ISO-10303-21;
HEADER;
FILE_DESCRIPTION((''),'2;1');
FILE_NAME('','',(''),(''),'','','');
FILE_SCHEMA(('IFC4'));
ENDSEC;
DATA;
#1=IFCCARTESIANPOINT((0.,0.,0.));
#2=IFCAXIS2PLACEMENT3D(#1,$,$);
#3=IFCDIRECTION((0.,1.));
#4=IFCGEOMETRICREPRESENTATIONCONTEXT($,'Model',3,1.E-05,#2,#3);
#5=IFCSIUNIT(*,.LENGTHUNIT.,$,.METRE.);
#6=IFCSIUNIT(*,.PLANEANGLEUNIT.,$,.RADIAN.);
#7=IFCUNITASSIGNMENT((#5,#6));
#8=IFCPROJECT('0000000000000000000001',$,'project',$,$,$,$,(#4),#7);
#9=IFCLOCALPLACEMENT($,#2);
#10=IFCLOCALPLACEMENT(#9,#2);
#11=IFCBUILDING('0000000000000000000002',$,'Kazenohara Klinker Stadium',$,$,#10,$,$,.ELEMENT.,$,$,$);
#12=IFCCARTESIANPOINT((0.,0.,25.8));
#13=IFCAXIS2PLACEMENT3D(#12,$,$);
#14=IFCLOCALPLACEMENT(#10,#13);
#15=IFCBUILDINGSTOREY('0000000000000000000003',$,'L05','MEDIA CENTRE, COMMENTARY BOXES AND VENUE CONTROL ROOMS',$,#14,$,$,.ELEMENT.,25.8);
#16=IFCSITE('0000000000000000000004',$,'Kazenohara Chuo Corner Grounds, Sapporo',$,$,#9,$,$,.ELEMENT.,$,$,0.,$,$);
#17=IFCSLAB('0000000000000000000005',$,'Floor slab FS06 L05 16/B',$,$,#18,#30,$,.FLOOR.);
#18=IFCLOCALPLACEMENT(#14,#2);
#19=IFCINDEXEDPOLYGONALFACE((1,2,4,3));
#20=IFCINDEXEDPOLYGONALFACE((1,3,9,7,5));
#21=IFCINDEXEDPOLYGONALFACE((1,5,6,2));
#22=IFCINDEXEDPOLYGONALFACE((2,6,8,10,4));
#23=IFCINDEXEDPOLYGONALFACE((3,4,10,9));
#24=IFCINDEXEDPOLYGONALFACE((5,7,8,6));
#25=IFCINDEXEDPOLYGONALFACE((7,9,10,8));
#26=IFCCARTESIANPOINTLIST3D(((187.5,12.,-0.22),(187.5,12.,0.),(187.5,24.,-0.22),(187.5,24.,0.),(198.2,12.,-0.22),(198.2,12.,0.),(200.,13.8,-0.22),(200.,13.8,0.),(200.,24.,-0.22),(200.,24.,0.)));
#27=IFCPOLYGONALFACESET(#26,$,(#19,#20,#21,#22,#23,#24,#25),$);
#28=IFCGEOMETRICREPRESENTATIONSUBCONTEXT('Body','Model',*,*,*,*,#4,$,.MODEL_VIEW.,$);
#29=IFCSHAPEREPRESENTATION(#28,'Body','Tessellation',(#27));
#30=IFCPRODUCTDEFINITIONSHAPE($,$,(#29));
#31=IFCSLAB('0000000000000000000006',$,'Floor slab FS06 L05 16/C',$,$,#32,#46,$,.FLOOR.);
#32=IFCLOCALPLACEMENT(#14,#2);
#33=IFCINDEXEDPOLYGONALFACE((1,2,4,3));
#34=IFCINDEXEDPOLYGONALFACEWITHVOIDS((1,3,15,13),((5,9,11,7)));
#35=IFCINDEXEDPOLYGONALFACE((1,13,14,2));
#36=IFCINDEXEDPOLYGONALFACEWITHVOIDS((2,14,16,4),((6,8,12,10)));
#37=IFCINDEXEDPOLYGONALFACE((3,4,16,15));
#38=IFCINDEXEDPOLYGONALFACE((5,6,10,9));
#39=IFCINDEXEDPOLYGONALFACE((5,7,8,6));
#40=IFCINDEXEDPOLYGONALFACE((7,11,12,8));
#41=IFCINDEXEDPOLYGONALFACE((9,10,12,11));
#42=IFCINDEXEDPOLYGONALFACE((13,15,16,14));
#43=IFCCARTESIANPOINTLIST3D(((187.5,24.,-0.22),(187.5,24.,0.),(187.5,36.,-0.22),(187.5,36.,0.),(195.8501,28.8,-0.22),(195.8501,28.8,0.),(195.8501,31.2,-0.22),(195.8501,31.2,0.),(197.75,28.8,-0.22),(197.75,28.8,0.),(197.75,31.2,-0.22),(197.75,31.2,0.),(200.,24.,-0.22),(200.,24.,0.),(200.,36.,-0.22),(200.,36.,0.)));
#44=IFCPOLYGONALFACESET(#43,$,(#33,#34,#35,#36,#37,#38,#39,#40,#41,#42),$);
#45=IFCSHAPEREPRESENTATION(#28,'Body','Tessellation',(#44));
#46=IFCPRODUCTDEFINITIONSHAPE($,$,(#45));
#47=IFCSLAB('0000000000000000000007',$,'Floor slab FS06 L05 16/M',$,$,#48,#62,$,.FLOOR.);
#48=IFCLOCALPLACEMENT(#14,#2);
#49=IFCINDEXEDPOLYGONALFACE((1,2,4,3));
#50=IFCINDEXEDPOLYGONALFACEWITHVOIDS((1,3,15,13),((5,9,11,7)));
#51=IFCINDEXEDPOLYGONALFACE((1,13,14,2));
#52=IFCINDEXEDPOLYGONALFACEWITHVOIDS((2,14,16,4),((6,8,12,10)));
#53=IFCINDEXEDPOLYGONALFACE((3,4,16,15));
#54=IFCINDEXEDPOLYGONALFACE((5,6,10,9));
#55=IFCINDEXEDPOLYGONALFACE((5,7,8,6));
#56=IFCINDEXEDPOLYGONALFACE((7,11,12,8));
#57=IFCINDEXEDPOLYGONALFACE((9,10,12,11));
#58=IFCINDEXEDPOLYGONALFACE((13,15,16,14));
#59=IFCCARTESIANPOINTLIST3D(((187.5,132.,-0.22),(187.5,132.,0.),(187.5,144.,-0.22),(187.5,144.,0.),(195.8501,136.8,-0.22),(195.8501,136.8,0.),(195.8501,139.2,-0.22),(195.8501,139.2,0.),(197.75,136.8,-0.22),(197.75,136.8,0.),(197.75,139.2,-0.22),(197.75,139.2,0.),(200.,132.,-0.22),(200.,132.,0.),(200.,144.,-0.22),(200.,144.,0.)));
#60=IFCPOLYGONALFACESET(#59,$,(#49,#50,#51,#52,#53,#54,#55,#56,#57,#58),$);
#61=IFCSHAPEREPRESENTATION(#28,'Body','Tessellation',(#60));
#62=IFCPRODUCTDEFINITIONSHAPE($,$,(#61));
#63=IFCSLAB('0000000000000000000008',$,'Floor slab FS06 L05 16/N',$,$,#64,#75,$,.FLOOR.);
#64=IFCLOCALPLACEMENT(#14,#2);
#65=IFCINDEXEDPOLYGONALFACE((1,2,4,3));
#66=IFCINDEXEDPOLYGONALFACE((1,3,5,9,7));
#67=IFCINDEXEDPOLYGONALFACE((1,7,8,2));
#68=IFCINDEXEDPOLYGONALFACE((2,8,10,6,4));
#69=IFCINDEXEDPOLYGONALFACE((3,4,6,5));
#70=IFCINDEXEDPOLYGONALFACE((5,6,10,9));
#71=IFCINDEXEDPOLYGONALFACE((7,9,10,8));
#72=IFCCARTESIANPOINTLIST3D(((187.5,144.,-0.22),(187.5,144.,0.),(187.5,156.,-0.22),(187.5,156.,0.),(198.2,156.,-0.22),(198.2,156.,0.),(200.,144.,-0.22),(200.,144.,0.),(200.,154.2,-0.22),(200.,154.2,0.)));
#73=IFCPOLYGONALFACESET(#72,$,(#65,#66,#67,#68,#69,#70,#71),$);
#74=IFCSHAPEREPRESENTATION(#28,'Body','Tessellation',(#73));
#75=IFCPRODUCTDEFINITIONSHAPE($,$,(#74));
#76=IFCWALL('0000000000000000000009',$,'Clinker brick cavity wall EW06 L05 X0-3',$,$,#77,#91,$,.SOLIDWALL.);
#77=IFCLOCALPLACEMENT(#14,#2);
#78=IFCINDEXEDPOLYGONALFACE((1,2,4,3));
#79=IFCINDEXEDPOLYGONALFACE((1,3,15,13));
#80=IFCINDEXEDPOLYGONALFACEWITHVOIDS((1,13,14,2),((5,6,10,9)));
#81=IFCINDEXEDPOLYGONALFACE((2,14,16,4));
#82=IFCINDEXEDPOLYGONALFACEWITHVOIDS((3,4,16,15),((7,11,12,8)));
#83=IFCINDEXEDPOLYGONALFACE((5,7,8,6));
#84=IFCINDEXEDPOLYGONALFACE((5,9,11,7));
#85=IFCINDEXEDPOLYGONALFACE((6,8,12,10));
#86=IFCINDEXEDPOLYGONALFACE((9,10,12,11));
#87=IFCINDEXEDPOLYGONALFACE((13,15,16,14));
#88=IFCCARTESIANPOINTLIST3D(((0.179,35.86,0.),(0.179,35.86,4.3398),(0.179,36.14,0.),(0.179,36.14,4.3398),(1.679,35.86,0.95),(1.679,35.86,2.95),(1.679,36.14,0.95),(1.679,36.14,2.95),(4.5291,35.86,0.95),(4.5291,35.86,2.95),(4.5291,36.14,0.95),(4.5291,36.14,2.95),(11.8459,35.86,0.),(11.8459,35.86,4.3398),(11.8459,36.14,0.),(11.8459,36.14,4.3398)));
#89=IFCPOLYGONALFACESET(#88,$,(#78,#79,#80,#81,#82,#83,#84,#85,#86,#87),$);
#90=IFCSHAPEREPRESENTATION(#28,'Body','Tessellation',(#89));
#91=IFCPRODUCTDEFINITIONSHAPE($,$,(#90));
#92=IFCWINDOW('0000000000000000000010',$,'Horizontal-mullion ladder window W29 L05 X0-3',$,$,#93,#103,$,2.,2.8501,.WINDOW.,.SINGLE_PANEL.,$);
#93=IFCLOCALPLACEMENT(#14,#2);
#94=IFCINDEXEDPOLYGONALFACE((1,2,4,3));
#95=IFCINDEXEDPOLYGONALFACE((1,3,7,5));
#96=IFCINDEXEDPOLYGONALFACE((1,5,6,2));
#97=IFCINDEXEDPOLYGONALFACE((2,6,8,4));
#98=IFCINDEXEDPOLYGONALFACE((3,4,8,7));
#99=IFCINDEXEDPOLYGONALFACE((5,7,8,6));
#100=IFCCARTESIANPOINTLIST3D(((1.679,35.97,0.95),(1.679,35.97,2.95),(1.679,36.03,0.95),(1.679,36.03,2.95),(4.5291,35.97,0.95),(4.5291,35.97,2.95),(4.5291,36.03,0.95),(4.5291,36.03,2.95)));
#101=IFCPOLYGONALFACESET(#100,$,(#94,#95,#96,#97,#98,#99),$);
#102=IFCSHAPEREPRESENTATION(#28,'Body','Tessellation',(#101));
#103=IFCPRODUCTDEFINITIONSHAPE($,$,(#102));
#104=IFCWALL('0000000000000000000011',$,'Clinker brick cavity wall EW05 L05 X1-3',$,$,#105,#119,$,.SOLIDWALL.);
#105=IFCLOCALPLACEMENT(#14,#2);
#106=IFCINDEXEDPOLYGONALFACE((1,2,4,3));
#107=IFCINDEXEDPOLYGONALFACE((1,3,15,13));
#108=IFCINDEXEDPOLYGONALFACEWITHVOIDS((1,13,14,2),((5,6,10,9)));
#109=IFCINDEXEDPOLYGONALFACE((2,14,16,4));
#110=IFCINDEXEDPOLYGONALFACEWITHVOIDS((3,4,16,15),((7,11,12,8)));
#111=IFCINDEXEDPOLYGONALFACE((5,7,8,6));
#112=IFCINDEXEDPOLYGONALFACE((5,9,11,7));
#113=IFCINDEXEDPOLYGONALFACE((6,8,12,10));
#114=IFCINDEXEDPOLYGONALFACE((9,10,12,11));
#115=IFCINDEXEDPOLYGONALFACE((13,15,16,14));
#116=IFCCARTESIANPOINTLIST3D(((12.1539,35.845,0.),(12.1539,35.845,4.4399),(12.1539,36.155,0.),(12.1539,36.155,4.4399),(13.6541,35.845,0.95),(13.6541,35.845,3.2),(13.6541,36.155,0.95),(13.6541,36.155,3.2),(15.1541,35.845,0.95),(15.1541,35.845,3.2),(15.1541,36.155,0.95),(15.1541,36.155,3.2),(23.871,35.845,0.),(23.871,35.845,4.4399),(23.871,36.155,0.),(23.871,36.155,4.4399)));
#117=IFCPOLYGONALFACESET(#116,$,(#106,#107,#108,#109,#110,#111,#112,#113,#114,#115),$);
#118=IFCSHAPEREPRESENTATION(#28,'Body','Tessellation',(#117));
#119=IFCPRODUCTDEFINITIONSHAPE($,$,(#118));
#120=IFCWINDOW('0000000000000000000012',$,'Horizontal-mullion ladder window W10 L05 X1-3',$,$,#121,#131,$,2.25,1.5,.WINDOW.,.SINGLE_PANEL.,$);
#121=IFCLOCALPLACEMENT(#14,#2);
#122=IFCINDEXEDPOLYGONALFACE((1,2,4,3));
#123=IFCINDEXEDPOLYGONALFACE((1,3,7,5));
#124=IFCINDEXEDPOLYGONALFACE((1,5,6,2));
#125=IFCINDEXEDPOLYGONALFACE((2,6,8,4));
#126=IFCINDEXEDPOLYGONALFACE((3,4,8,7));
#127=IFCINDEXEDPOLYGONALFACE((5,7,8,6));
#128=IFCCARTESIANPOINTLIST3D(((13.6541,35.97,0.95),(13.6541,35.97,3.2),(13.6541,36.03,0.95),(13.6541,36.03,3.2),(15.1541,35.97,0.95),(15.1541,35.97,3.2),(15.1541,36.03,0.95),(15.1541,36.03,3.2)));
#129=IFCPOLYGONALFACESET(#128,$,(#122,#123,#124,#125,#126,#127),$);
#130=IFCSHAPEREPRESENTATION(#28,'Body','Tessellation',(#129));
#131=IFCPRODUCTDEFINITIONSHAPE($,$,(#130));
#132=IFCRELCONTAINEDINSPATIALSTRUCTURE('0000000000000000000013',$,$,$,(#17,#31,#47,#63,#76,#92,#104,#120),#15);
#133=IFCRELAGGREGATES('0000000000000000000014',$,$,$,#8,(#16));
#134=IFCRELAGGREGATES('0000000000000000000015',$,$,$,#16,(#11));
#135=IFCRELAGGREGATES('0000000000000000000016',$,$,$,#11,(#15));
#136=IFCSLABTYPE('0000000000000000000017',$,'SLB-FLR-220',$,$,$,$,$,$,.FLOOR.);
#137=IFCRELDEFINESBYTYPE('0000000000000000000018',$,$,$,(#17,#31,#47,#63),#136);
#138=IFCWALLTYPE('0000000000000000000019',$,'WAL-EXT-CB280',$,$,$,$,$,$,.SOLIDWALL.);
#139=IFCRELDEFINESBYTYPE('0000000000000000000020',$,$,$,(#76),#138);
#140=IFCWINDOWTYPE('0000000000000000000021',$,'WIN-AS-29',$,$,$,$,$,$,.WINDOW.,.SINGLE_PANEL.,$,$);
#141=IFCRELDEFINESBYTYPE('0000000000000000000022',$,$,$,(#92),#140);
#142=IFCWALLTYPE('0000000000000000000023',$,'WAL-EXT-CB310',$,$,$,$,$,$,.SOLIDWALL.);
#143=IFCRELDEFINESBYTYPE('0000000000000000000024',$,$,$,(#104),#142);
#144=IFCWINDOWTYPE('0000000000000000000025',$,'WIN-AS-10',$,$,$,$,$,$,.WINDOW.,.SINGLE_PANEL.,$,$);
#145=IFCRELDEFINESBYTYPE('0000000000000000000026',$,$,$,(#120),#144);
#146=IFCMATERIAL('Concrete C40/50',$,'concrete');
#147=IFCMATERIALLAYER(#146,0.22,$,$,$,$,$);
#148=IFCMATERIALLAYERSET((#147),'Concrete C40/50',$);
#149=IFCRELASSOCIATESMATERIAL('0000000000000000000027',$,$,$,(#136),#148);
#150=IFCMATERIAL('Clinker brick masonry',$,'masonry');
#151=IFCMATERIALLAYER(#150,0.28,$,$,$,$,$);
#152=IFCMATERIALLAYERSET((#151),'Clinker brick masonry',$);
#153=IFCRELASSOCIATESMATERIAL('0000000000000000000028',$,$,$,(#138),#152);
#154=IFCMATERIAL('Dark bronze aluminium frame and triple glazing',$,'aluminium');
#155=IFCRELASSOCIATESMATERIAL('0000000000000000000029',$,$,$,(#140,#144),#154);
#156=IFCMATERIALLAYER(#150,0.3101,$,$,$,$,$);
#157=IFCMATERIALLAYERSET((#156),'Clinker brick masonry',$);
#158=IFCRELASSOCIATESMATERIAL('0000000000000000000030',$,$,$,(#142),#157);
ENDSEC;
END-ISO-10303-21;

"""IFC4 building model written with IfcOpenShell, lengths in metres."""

from ifc_helpers import new_model, si_unit, direction, frame, frame_2d, origin, place, context, subcontext, project, spatial, polyline, rectangle, outline, extrude, material, layer, layer_set, type_object, element, fill, save


model = new_model("IFC4")

# Units and contexts
model_context = context("Model", 3, precision=1e-05, world=origin(), true_north=direction((0.0, 1.0)))
body_context = subcontext(model_context, "Body", "Model", "MODEL_VIEW")
ifc_project = project(units=[si_unit("LENGTHUNIT", "METRE"), si_unit("PLANEANGLEUNIT", "RADIAN")], contexts=[model_context])

# Site, building, storey
site_placement = place(None, origin())
site = spatial("IfcSite", under=ifc_project, at=site_placement, Name="Kazenohara Chuo Corner Grounds, Sapporo", CompositionType="ELEMENT", RefElevation=0.0)
building_placement = place(site_placement, origin())
building = spatial("IfcBuilding", under=site, at=building_placement, Name="Kazenohara Klinker Stadium", CompositionType="ELEMENT")
storey_placement = place(building_placement, frame((0.0, 0.0, 25.8)))
storey = spatial("IfcBuildingStorey", under=building, at=storey_placement, Name="L05", Description="MEDIA CENTRE, COMMENTARY BOXES AND VENUE CONTROL ROOMS", CompositionType="ELEMENT", Elevation=25.8)

# Shared definitions
ifc_material_1 = material(Name="Concrete C40/50", Category="concrete")

# Slabs
ifc_layer_1 = layer(ifc_material_1, 0.22)
ifc_layer_set_1 = layer_set([ifc_layer_1], Name="Concrete C40/50")
slab_type = type_object("IfcSlabType", Name="SLB-FLR-220", PredefinedType="FLOOR", material=ifc_layer_set_1)
slab_1_placement = place(storey_placement, frame((0.0, 0.0, -0.22)))
element("IfcSlab", 1, at=slab_1_placement, inside=storey, type_object=slab_type, Name="Floor slab FS06 L05 16/B", PredefinedType="FLOOR", context=body_context, shape_type="SweptSolid", body=[
    extrude(outline(polyline([(187.5, 12.0), (198.2, 12.0), (200.0, 13.8), (200.0, 24.0), (187.5, 24.0), (187.5, 12.0)])), origin(), (0.0, 0.0, 1.0), 0.22),
])
slab_2_placement = place(storey_placement, frame((0.0, 0.0, -0.22)))
element("IfcSlab", 2, at=slab_2_placement, inside=storey, type_object=slab_type, Name="Floor slab FS06 L05 16/C", PredefinedType="FLOOR", context=body_context, shape_type="SweptSolid", body=[
    extrude(outline(polyline([(187.5, 24.0), (200.0, 24.0), (200.0, 36.0), (187.5, 36.0), (187.5, 24.0)]), holes=[polyline([(195.8501, 28.8), (197.75, 28.8), (197.75, 31.2), (195.8501, 31.2), (195.8501, 28.8)])]), origin(), (0.0, 0.0, 1.0), 0.22),
])
slab_3_placement = place(storey_placement, frame((0.0, 0.0, -0.22)))
element("IfcSlab", 3, at=slab_3_placement, inside=storey, type_object=slab_type, Name="Floor slab FS06 L05 16/M", PredefinedType="FLOOR", context=body_context, shape_type="SweptSolid", body=[
    extrude(outline(polyline([(187.5, 132.0), (200.0, 132.0), (200.0, 144.0), (187.5, 144.0), (187.5, 132.0)]), holes=[polyline([(195.8501, 136.8), (197.75, 136.8), (197.75, 139.2), (195.8501, 139.2), (195.8501, 136.8)])]), origin(), (0.0, 0.0, 1.0), 0.22),
])
slab_4_placement = place(storey_placement, frame((0.0, 0.0, -0.22)))
element("IfcSlab", 4, at=slab_4_placement, inside=storey, type_object=slab_type, Name="Floor slab FS06 L05 16/N", PredefinedType="FLOOR", context=body_context, shape_type="SweptSolid", body=[
    extrude(outline(polyline([(187.5, 144.0), (200.0, 144.0), (200.0, 154.2), (198.2, 156.0), (187.5, 156.0), (187.5, 144.0)])), origin(), (0.0, 0.0, 1.0), 0.22),
])

# Walls, openings, windows
ifc_material_2 = material(Name="Clinker brick masonry", Category="masonry")
ifc_layer_2 = layer(ifc_material_2, 0.28)
ifc_layer_set_2 = layer_set([ifc_layer_2], Name="Clinker brick masonry")
wall_type_1 = type_object("IfcWallType", Name="WAL-EXT-CB280", PredefinedType="SOLIDWALL", material=ifc_layer_set_2)
wall_1_placement = place(storey_placement, frame((0.179, 36.0, 0.0), z_axis=(0.0, 0.0, 1.0), x_axis=(1.0, 0.0, 0.0)))
wall_1 = element("IfcWall", 5, at=wall_1_placement, inside=storey, type_object=wall_type_1, Name="Clinker brick cavity wall EW06 L05 X0-3", PredefinedType="SOLIDWALL", context=body_context, shape_type="SweptSolid", body=[
    extrude(rectangle(XDim=11.667, YDim=0.28, at=frame_2d((5.8335, 0.0))), origin(), (0.0, 0.0, 1.0), 4.3398),
])
opening_1_placement = place(wall_1_placement, frame((1.5, 0.0, 0.95)))
opening_1 = element("IfcOpeningElement", 6, at=opening_1_placement, cuts=wall_1, PredefinedType="OPENING", context=body_context, shape_type="SweptSolid", body=[
    extrude(rectangle(XDim=2.8501, YDim=2.0, at=frame_2d((1.425, 1.0))), frame((0.0, 0.1499, 0.0), z_axis=(0.0, -1.0, 0.0), x_axis=(1.0, 0.0, 0.0)), (0.0, 0.0, 1.0), 0.3),
])
ifc_material_3 = material(Name="Dark bronze aluminium frame and triple glazing", Category="aluminium")
window_type_1 = type_object("IfcWindowType", Name="WIN-AS-29", PartitioningType="SINGLE_PANEL", PredefinedType="WINDOW", material=ifc_material_3)
window_1_placement = place(opening_1_placement, origin())
window_1 = element("IfcWindow", 7, at=window_1_placement, inside=storey, type_object=window_type_1, Name="Horizontal-mullion ladder window W29 L05 X0-3", OverallHeight=2.0, OverallWidth=2.8501, PartitioningType="SINGLE_PANEL", PredefinedType="WINDOW", context=body_context, shape_type="SweptSolid", body=[
    extrude(rectangle(XDim=2.8501, YDim=2.0, at=frame_2d((1.425, 1.0))), frame((0.0, 0.03, 0.0), z_axis=(0.0, -1.0, 0.0), x_axis=(1.0, 0.0, 0.0)), (0.0, 0.0, 1.0), 0.0601),
])
fill(opening_1, window_1)
ifc_layer_3 = layer(ifc_material_2, 0.3101)
ifc_layer_set_3 = layer_set([ifc_layer_3], Name="Clinker brick masonry")
wall_type_2 = type_object("IfcWallType", Name="WAL-EXT-CB310", PredefinedType="SOLIDWALL", material=ifc_layer_set_3)
wall_2_placement = place(storey_placement, frame((12.1541, 36.0, 0.0), z_axis=(0.0, 0.0, 1.0), x_axis=(1.0, 0.0, 0.0)))
wall_2 = element("IfcWall", 8, at=wall_2_placement, inside=storey, type_object=wall_type_2, Name="Clinker brick cavity wall EW05 L05 X1-3", PredefinedType="SOLIDWALL", context=body_context, shape_type="SweptSolid", body=[
    extrude(rectangle(XDim=11.717, YDim=0.3101, at=frame_2d((5.8584, 0.0))), origin(), (0.0, 0.0, 1.0), 4.4399),
])
opening_2_placement = place(wall_2_placement, frame((1.5, 0.0, 0.95)))
opening_2 = element("IfcOpeningElement", 9, at=opening_2_placement, cuts=wall_2, PredefinedType="OPENING", context=body_context, shape_type="SweptSolid", body=[
    extrude(rectangle(XDim=1.5, YDim=2.25, at=frame_2d((0.75, 1.125))), frame((0.0, 0.165, 0.0), z_axis=(0.0, -1.0, 0.0), x_axis=(1.0, 0.0, 0.0)), (0.0, 0.0, 1.0), 0.3301),
])
window_type_2 = type_object("IfcWindowType", Name="WIN-AS-10", PartitioningType="SINGLE_PANEL", PredefinedType="WINDOW", material=ifc_material_3)
window_2_placement = place(opening_2_placement, origin())
window_2 = element("IfcWindow", 10, at=window_2_placement, inside=storey, type_object=window_type_2, Name="Horizontal-mullion ladder window W10 L05 X1-3", OverallHeight=2.25, OverallWidth=1.5, PartitioningType="SINGLE_PANEL", PredefinedType="WINDOW", context=body_context, shape_type="SweptSolid", body=[
    extrude(rectangle(XDim=1.5, YDim=2.25, at=frame_2d((0.75, 1.125))), frame((0.0, 0.03, 0.0), z_axis=(0.0, -1.0, 0.0), x_axis=(1.0, 0.0, 0.0)), (0.0, 0.0, 1.0), 0.0601),
])
fill(opening_2, window_2)

save(model, "model.ifc")
